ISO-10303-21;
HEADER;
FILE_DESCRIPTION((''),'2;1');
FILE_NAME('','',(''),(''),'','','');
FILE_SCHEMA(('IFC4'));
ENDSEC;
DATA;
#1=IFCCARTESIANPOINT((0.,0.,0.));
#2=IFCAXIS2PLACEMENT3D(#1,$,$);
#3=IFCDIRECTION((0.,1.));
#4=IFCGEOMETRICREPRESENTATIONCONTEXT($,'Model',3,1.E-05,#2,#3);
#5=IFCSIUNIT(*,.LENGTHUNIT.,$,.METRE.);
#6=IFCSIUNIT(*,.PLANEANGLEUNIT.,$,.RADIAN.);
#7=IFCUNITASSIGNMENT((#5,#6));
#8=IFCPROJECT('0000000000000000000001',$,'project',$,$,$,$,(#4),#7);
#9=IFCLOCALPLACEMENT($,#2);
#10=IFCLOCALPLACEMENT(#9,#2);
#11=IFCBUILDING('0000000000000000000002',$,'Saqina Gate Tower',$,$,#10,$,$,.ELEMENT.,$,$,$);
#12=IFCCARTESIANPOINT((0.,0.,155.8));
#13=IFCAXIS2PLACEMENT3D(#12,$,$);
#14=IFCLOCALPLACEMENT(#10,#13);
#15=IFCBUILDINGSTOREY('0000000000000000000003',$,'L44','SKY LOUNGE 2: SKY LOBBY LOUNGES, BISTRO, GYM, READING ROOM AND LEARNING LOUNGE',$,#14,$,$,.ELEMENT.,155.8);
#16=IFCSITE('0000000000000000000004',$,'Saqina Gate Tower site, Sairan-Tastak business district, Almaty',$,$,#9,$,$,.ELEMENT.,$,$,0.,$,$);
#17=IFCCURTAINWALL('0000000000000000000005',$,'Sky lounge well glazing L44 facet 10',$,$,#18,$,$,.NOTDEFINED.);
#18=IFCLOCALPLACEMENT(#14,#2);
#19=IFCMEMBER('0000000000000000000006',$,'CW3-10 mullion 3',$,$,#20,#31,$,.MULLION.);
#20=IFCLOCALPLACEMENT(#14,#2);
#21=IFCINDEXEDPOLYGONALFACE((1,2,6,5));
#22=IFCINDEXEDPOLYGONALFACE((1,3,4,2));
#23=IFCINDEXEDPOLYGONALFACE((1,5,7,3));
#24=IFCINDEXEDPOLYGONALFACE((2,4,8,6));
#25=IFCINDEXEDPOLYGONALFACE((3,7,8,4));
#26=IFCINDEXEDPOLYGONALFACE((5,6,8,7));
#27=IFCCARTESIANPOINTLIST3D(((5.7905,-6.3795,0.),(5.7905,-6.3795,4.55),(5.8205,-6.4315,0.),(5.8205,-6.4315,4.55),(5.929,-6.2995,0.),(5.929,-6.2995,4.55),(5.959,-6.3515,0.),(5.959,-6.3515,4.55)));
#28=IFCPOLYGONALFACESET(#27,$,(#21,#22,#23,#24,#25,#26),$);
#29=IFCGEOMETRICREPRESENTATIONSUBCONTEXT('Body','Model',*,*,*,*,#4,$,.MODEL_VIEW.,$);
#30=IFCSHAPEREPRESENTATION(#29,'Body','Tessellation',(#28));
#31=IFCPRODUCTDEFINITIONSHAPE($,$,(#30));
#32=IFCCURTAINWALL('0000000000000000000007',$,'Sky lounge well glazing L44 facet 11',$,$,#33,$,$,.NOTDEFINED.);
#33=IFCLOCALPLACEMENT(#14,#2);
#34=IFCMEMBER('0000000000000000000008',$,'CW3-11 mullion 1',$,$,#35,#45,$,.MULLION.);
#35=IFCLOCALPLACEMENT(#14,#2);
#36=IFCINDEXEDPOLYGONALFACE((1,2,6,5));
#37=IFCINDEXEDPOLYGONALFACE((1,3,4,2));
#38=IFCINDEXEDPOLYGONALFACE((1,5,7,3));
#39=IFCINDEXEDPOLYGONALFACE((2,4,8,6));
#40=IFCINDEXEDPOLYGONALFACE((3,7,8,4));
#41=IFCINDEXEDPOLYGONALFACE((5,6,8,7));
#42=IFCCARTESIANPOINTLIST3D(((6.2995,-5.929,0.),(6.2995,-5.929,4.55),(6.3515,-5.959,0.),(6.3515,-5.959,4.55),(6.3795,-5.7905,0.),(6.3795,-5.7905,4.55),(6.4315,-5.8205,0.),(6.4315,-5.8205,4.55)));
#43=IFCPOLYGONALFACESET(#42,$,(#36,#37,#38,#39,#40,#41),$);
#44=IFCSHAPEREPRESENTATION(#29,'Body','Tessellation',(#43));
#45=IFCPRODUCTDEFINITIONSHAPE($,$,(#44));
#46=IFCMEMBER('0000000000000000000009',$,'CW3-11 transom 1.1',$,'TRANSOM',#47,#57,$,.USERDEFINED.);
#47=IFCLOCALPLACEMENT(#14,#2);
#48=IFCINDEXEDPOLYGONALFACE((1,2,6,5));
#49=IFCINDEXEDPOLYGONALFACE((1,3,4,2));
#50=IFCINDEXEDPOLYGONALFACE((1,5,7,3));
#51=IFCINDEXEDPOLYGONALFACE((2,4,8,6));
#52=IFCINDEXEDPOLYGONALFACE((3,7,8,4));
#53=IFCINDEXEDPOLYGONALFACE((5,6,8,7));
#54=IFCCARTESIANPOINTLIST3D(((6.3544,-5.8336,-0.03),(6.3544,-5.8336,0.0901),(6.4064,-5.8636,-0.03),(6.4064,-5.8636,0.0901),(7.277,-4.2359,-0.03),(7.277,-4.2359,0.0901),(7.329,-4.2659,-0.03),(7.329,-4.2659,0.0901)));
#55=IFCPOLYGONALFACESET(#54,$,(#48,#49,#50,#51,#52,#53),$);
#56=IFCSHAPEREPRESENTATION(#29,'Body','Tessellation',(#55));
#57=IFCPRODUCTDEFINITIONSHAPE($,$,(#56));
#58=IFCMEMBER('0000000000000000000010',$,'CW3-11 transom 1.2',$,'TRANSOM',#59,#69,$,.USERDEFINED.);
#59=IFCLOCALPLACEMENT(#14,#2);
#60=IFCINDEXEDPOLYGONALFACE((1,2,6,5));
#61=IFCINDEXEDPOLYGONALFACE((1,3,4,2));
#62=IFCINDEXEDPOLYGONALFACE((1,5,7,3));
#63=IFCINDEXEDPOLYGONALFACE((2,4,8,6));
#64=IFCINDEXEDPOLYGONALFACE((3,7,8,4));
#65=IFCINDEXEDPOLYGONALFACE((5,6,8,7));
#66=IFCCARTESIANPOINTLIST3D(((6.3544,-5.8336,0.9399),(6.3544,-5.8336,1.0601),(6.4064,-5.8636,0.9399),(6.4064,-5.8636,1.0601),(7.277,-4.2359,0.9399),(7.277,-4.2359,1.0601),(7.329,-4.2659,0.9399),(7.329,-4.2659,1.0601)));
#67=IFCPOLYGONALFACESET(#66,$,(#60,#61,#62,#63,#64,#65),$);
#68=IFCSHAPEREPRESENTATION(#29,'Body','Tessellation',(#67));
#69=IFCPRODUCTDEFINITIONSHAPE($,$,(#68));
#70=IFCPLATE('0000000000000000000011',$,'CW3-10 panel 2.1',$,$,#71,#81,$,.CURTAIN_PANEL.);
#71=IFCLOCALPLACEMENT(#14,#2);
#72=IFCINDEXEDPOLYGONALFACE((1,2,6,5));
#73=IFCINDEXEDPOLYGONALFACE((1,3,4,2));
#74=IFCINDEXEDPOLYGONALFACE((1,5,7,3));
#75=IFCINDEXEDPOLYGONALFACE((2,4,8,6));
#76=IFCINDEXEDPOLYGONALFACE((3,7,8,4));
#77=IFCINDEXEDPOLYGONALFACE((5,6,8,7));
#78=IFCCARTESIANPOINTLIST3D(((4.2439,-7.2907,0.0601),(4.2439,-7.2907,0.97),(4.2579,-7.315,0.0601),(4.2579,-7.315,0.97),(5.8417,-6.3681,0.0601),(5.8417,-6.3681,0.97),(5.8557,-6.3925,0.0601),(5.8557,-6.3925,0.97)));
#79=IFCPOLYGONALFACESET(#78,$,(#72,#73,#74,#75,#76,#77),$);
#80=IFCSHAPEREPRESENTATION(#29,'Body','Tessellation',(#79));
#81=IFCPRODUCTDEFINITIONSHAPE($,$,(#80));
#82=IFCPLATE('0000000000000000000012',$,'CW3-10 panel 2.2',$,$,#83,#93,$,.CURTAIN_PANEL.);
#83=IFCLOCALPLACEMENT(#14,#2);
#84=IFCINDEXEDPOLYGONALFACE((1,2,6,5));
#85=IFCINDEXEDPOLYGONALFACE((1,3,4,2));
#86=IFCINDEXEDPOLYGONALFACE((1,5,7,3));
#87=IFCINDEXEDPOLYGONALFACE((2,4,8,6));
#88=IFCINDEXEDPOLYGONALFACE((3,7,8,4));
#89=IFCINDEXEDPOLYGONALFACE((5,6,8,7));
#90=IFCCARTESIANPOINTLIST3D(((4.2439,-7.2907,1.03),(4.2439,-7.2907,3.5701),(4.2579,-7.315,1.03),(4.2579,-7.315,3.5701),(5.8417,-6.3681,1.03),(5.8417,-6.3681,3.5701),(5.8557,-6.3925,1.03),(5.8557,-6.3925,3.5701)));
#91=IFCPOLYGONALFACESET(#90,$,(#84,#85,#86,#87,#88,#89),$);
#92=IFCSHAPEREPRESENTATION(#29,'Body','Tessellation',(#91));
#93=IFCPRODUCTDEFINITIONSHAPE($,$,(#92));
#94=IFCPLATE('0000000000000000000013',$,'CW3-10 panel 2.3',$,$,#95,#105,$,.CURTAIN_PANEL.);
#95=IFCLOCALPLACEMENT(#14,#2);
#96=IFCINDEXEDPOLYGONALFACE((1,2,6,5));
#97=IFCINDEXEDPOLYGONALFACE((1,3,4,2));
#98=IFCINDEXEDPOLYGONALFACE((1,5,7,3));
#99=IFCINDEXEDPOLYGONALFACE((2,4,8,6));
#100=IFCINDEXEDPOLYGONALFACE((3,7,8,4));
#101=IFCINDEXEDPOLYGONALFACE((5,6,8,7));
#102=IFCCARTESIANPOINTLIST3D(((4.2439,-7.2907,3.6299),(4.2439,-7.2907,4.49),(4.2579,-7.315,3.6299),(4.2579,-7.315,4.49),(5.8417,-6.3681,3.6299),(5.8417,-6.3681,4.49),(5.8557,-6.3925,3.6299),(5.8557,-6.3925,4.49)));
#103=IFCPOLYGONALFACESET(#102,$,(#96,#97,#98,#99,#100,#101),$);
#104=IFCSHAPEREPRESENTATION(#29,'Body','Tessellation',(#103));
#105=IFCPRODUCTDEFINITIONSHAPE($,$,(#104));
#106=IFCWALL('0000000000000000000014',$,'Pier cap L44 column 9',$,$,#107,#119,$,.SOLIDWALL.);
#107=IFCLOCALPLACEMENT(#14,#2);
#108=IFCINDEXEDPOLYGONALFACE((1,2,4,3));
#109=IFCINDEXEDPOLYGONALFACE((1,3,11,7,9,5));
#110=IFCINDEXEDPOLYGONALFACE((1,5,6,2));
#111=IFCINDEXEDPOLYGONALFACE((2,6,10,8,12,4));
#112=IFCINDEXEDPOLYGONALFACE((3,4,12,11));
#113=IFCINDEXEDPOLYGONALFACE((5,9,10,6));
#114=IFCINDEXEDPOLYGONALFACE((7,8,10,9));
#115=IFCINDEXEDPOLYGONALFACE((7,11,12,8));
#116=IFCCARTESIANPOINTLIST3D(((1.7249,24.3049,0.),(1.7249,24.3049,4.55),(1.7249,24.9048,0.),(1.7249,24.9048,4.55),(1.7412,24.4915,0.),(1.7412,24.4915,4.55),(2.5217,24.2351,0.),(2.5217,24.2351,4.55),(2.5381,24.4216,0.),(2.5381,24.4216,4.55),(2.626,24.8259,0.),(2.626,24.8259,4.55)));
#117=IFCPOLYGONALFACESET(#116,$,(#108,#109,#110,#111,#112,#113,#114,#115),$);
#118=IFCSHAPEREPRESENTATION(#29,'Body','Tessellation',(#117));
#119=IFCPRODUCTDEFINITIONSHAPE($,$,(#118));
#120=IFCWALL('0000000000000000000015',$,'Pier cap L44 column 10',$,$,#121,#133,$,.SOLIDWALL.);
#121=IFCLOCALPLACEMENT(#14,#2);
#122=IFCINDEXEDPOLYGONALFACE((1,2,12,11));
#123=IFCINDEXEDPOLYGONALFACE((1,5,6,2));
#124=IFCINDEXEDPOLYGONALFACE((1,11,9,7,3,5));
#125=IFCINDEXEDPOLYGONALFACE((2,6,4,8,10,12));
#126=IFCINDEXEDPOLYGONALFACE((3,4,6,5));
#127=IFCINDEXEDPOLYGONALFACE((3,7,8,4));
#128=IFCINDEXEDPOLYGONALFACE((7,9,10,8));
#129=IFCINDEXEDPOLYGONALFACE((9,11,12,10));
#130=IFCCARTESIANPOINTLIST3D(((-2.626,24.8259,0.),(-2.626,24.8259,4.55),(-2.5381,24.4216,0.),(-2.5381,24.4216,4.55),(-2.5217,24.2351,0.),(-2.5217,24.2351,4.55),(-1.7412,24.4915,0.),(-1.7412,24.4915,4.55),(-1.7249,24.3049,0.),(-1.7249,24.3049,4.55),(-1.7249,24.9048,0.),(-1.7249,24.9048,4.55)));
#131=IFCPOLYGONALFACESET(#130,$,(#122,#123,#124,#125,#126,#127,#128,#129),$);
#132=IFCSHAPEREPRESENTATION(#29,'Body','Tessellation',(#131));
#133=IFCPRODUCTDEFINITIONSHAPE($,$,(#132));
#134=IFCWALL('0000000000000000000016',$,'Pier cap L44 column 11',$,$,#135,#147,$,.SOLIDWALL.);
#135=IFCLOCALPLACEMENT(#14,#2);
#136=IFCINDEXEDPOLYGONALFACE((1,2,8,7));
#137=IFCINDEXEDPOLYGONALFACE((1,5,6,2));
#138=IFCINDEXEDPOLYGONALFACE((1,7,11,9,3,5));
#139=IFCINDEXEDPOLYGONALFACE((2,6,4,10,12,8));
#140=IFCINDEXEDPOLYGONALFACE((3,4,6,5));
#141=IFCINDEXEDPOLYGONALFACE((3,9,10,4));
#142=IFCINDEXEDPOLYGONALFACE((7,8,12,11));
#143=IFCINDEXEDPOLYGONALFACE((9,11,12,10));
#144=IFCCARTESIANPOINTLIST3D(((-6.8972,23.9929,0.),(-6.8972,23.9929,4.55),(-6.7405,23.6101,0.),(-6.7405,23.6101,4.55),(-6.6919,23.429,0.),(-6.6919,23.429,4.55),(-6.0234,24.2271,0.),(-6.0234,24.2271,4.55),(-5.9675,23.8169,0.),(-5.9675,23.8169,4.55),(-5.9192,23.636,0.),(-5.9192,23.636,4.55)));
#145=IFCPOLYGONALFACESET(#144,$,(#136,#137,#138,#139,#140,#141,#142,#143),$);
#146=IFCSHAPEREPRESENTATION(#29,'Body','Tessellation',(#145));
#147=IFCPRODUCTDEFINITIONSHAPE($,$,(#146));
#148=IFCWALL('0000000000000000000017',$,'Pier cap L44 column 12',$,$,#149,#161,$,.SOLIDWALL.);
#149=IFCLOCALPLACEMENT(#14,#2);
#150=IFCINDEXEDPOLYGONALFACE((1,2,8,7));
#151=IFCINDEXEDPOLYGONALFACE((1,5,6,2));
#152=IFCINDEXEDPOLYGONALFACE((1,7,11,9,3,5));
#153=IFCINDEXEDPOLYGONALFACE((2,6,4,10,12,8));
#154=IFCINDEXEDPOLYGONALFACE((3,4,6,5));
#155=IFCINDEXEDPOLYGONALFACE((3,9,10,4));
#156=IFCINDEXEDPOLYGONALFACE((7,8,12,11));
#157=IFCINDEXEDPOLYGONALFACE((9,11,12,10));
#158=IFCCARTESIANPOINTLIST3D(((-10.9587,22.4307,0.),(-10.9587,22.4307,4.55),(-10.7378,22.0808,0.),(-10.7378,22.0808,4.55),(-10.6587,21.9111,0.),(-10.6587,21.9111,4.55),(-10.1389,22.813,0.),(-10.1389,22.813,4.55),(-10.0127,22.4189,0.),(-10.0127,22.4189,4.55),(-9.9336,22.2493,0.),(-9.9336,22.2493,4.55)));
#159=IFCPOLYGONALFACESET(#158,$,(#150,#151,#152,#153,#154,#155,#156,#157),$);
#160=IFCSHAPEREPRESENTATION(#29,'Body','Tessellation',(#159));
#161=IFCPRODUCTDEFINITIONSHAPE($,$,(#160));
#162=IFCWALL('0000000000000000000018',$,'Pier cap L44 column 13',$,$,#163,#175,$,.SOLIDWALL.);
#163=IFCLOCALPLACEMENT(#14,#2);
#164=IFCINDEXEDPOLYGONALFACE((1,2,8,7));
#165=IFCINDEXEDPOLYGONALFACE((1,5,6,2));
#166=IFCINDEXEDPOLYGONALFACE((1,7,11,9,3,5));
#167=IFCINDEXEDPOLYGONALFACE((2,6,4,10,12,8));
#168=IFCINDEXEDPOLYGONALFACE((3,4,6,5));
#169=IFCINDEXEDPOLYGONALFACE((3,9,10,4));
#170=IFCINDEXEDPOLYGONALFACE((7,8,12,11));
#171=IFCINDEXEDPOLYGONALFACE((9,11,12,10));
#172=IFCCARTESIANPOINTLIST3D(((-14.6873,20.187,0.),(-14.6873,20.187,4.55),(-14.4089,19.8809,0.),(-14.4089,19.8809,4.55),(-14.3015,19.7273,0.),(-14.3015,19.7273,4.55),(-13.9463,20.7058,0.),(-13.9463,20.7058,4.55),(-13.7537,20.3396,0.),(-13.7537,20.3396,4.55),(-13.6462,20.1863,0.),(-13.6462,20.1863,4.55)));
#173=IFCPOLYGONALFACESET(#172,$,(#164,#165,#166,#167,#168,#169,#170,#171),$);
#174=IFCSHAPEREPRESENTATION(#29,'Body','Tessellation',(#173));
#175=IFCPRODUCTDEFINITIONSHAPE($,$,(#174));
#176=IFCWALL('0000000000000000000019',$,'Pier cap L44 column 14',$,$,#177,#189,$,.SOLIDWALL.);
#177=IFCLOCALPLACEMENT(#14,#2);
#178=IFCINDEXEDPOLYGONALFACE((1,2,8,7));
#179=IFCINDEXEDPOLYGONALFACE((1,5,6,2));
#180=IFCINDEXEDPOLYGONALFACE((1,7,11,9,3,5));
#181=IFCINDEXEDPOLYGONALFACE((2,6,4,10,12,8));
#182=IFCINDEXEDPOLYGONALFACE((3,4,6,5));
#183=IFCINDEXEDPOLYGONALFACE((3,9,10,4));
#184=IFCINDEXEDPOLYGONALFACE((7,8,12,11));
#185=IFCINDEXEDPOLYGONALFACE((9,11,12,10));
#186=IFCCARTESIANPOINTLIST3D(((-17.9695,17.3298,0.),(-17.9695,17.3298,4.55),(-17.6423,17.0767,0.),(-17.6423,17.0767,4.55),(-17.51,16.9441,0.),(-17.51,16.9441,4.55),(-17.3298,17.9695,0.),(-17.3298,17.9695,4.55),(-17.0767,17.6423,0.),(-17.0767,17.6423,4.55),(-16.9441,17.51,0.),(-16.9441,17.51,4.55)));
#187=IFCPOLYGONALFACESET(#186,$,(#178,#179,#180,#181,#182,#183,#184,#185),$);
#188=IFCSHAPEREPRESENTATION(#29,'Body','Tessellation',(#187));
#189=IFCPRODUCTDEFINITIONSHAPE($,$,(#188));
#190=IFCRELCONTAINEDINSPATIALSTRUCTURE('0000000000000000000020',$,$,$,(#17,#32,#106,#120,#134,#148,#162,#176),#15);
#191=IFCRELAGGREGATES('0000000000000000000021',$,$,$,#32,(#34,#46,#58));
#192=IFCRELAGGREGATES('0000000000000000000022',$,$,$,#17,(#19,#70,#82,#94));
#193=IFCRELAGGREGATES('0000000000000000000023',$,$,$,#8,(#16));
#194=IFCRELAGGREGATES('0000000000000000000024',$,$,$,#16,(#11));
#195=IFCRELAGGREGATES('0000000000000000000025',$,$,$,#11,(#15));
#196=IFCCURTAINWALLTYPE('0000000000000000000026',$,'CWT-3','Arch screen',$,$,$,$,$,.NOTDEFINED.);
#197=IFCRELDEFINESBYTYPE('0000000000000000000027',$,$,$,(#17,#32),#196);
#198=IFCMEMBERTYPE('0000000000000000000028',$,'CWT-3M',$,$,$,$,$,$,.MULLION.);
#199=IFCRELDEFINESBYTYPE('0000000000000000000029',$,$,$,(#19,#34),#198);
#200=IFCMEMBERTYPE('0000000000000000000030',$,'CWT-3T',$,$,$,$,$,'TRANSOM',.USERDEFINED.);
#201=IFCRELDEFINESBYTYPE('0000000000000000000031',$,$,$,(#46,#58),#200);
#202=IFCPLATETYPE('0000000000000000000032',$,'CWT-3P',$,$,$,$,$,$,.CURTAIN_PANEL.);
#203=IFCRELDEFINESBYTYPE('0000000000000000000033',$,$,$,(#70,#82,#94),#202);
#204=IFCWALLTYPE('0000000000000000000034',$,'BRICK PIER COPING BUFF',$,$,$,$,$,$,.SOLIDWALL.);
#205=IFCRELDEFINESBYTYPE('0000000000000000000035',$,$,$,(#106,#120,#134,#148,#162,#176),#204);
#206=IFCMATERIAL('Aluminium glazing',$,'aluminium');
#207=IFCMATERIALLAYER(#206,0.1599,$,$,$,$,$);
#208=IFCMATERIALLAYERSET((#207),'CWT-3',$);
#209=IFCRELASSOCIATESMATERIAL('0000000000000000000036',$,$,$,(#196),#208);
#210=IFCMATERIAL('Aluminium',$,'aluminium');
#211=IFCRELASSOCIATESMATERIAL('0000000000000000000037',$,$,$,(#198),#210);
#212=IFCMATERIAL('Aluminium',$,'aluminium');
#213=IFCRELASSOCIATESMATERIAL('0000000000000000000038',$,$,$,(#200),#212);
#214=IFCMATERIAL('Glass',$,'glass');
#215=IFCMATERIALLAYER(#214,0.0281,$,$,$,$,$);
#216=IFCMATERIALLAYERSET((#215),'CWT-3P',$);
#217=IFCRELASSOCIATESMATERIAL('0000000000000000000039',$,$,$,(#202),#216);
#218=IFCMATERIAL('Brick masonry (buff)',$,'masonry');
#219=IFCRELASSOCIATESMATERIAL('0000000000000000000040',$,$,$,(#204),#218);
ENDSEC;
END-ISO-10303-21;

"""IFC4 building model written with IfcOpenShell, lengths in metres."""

from ifc_helpers import new_model, si_unit, direction, frame, origin, origin_2d, place, context, subcontext, project, spatial, polyline, rectangle, outline, extrude, material, layer, layer_set, material_profile, profile_set, type_object, element, aggregate, save


model = new_model("IFC4")

# Units and contexts
model_context = context("Model", 3, precision=1e-05, world=origin(), true_north=direction((0.0, 1.0)))
body_context = subcontext(model_context, "Body", "Model", "MODEL_VIEW")
ifc_project = project(units=[si_unit("LENGTHUNIT", "METRE"), si_unit("PLANEANGLEUNIT", "RADIAN")], contexts=[model_context])

# Site, building, storey
site_placement = place(None, origin())
site = spatial("IfcSite", under=ifc_project, at=site_placement, Name="Saqina Gate Tower site, Sairan-Tastak business district, Almaty", CompositionType="ELEMENT", RefElevation=0.0)
building_placement = place(site_placement, origin())
building = spatial("IfcBuilding", under=site, at=building_placement, Name="Saqina Gate Tower", CompositionType="ELEMENT")
storey_placement = place(building_placement, frame((0.0, 0.0, 155.8)))
storey = spatial("IfcBuildingStorey", under=building, at=storey_placement, Name="L44", Description="SKY LOUNGE 2: SKY LOBBY LOUNGES, BISTRO, GYM, READING ROOM AND LEARNING LOUNGE", CompositionType="ELEMENT", Elevation=155.8)

# Curtain wall, member
ifc_material_1 = material(Name="Aluminium glazing", Category="aluminium")
ifc_layer_1 = layer(ifc_material_1, 0.1599)
ifc_layer_set_1 = layer_set([ifc_layer_1], Name="CWT-3")
curtain_wall_type = type_object("IfcCurtainWallType", Name="CWT-3", Description="Arch screen", PredefinedType="NOTDEFINED", material=ifc_layer_set_1)
curtain_wall_1_placement = place(storey_placement, origin())
curtain_wall_1 = element("IfcCurtainWall", 1, at=curtain_wall_1_placement, inside=storey, type_object=curtain_wall_type, Name="Sky lounge well glazing L44 facet 10", PredefinedType="NOTDEFINED")
ifc_material_2 = material(Name="Aluminium", Category="aluminium")
ifc_material_profile_1 = material_profile(ifc_material_2, rectangle(XDim=0.0601, YDim=0.1599, at=origin_2d()), Name="Aluminium 60x160")
ifc_profile_set_1 = profile_set([ifc_material_profile_1], Name="Aluminium")
member_type_1 = type_object("IfcMemberType", Name="CWT-3M", PredefinedType="MULLION", material=ifc_profile_set_1)
member_1_placement = place(storey_placement, frame((5.8748, -6.3655, 0.0), z_axis=(0.0, 0.0, 1.0), x_axis=(-0.500013, 0.866018, 0.0)))
member_1 = element("IfcMember", 2, at=member_1_placement, type_object=member_type_1, Name="CW3-10 mullion 3", PredefinedType="MULLION", context=body_context, shape_type="SweptSolid", body=[
    extrude(rectangle(XDim=0.0601, YDim=0.1599, at=origin_2d()), origin(), (0.0, 0.0, 1.0), 4.55),
])

# Curtain wall, members
curtain_wall_2_placement = place(storey_placement, origin())
curtain_wall_2 = element("IfcCurtainWall", 3, at=curtain_wall_2_placement, inside=storey, type_object=curtain_wall_type, Name="Sky lounge well glazing L44 facet 11", PredefinedType="NOTDEFINED")
member_2_placement = place(storey_placement, frame((6.3655, -5.8748, 0.0), z_axis=(0.0, 0.0, 1.0), x_axis=(-0.866018, 0.500013, 0.0)))
member_2 = element("IfcMember", 4, at=member_2_placement, type_object=member_type_1, Name="CW3-11 mullion 1", PredefinedType="MULLION", context=body_context, shape_type="SweptSolid", body=[
    extrude(rectangle(XDim=0.0601, YDim=0.1599, at=origin_2d()), origin(), (0.0, 0.0, 1.0), 4.55),
])
ifc_material_3 = material(Name="Aluminium", Category="aluminium")
ifc_material_profile_2 = material_profile(ifc_material_3, rectangle(XDim=0.0601, YDim=0.1201, at=origin_2d()), Name="Aluminium 60x120")
ifc_profile_set_2 = profile_set([ifc_material_profile_2], Name="Aluminium")
member_type_2 = type_object("IfcMemberType", Name="CWT-3T", ElementType="TRANSOM", PredefinedType="USERDEFINED", material=ifc_profile_set_2)
member_3_placement = place(storey_placement, frame((6.3804, -5.8486, 0.03), z_axis=(0.500081, 0.865978, 0.0), x_axis=(-0.865978, 0.500081, 0.0)))
member_3 = element("IfcMember", 5, at=member_3_placement, type_object=member_type_2, Name="CW3-11 transom 1.1", ObjectType="TRANSOM", PredefinedType="USERDEFINED", context=body_context, shape_type="SweptSolid", body=[
    extrude(rectangle(XDim=0.0601, YDim=0.1201, at=origin_2d()), origin(), (0.0, 0.0, 1.0), 1.845),
])
member_4_placement = place(storey_placement, frame((6.3804, -5.8486, 1.0), z_axis=(0.500081, 0.865978, 0.0), x_axis=(-0.865978, 0.500081, 0.0)))
member_4 = element("IfcMember", 6, at=member_4_placement, type_object=member_type_2, Name="CW3-11 transom 1.2", ObjectType="TRANSOM", PredefinedType="USERDEFINED", context=body_context, shape_type="SweptSolid", body=[
    extrude(rectangle(XDim=0.0601, YDim=0.1201, at=origin_2d()), origin(), (0.0, 0.0, 1.0), 1.845),
])
aggregate(curtain_wall_2, [member_2, member_3, member_4])

# Plates
ifc_material_4 = material(Name="Glass", Category="glass")
ifc_layer_2 = layer(ifc_material_4, 0.0281)
ifc_layer_set_2 = layer_set([ifc_layer_2], Name="CWT-3P")
plate_type = type_object("IfcPlateType", Name="CWT-3P", PredefinedType="CURTAIN_PANEL", material=ifc_layer_set_2)
plate_1_placement = place(storey_placement, frame((5.0498, -6.8416, 0.0601), z_axis=(0.0, 0.0, 1.0), x_axis=(0.866018, 0.500013, 0.0)))
plate_1 = element("IfcPlate", 7, at=plate_1_placement, type_object=plate_type, Name="CW3-10 panel 2.1", PredefinedType="CURTAIN_PANEL", context=body_context, shape_type="SweptSolid", body=[
    extrude(rectangle(XDim=1.845, YDim=0.0281, at=origin_2d()), origin(), (0.0, 0.0, 1.0), 0.9099),
])
plate_2_placement = place(storey_placement, frame((5.0498, -6.8416, 1.03), z_axis=(0.0, 0.0, 1.0), x_axis=(0.866018, 0.500013, 0.0)))
plate_2 = element("IfcPlate", 8, at=plate_2_placement, type_object=plate_type, Name="CW3-10 panel 2.2", PredefinedType="CURTAIN_PANEL", context=body_context, shape_type="SweptSolid", body=[
    extrude(rectangle(XDim=1.845, YDim=0.0281, at=origin_2d()), origin(), (0.0, 0.0, 1.0), 2.54),
])
plate_3_placement = place(storey_placement, frame((5.0498, -6.8416, 3.6299), z_axis=(0.0, 0.0, 1.0), x_axis=(0.866018, 0.500013, 0.0)))
plate_3 = element("IfcPlate", 9, at=plate_3_placement, type_object=plate_type, Name="CW3-10 panel 2.3", PredefinedType="CURTAIN_PANEL", context=body_context, shape_type="SweptSolid", body=[
    extrude(rectangle(XDim=1.845, YDim=0.0281, at=origin_2d()), origin(), (0.0, 0.0, 1.0), 0.8601),
])
aggregate(curtain_wall_1, [member_1, plate_1, plate_2, plate_3])

# Walls
ifc_material_5 = material(Name="Brick masonry (buff)", Category="masonry")
wall_type = type_object("IfcWallType", Name="BRICK PIER COPING BUFF", PredefinedType="SOLIDWALL", material=ifc_material_5)
wall_1_placement = place(storey_placement, origin())
element("IfcWall", 10, at=wall_1_placement, inside=storey, type_object=wall_type, Name="Pier cap L44 column 9", PredefinedType="SOLIDWALL", context=body_context, shape_type="SweptSolid", body=[
    extrude(outline(polyline([(2.626, 24.8259), (1.7249, 24.9048), (1.7249, 24.3049), (1.7412, 24.4915), (2.5381, 24.4216), (2.5217, 24.2351), (2.626, 24.8259)])), origin(), (0.0, 0.0, 1.0), 4.55),
])
wall_2_placement = place(storey_placement, origin())
element("IfcWall", 11, at=wall_2_placement, inside=storey, type_object=wall_type, Name="Pier cap L44 column 10", PredefinedType="SOLIDWALL", context=body_context, shape_type="SweptSolid", body=[
    extrude(outline(polyline([(-1.7249, 24.9048), (-2.626, 24.8259), (-2.5217, 24.2351), (-2.5381, 24.4216), (-1.7412, 24.4915), (-1.7249, 24.3049), (-1.7249, 24.9048)])), origin(), (0.0, 0.0, 1.0), 4.55),
])
wall_3_placement = place(storey_placement, origin())
element("IfcWall", 12, at=wall_3_placement, inside=storey, type_object=wall_type, Name="Pier cap L44 column 11", PredefinedType="SOLIDWALL", context=body_context, shape_type="SweptSolid", body=[
    extrude(outline(polyline([(-6.0234, 24.2271), (-6.8972, 23.9929), (-6.6919, 23.429), (-6.7405, 23.6101), (-5.9675, 23.8169), (-5.9192, 23.636), (-6.0234, 24.2271)])), origin(), (0.0, 0.0, 1.0), 4.55),
])
wall_4_placement = place(storey_placement, origin())
element("IfcWall", 13, at=wall_4_placement, inside=storey, type_object=wall_type, Name="Pier cap L44 column 12", PredefinedType="SOLIDWALL", context=body_context, shape_type="SweptSolid", body=[
    extrude(outline(polyline([(-10.9587, 22.4307), (-10.6587, 21.9111), (-10.7378, 22.0808), (-10.0127, 22.4189), (-9.9336, 22.2493), (-10.1389, 22.813), (-10.9587, 22.4307)])), origin(), (0.0, 0.0, 1.0), 4.55),
])
wall_5_placement = place(storey_placement, origin())
element("IfcWall", 14, at=wall_5_placement, inside=storey, type_object=wall_type, Name="Pier cap L44 column 13", PredefinedType="SOLIDWALL", context=body_context, shape_type="SweptSolid", body=[
    extrude(outline(polyline([(-13.9463, 20.7058), (-14.6873, 20.187), (-14.3015, 19.7273), (-14.4089, 19.8809), (-13.7537, 20.3396), (-13.6462, 20.1863), (-13.9463, 20.7058)])), origin(), (0.0, 0.0, 1.0), 4.55),
])
wall_6_placement = place(storey_placement, origin())
element("IfcWall", 15, at=wall_6_placement, inside=storey, type_object=wall_type, Name="Pier cap L44 column 14", PredefinedType="SOLIDWALL", context=body_context, shape_type="SweptSolid", body=[
    extrude(outline(polyline([(-17.9695, 17.3298), (-17.51, 16.9441), (-17.6423, 17.0767), (-17.0767, 17.6423), (-16.9441, 17.51), (-17.3298, 17.9695), (-17.9695, 17.3298)])), origin(), (0.0, 0.0, 1.0), 4.55),
])

save(model, "model.ifc")
